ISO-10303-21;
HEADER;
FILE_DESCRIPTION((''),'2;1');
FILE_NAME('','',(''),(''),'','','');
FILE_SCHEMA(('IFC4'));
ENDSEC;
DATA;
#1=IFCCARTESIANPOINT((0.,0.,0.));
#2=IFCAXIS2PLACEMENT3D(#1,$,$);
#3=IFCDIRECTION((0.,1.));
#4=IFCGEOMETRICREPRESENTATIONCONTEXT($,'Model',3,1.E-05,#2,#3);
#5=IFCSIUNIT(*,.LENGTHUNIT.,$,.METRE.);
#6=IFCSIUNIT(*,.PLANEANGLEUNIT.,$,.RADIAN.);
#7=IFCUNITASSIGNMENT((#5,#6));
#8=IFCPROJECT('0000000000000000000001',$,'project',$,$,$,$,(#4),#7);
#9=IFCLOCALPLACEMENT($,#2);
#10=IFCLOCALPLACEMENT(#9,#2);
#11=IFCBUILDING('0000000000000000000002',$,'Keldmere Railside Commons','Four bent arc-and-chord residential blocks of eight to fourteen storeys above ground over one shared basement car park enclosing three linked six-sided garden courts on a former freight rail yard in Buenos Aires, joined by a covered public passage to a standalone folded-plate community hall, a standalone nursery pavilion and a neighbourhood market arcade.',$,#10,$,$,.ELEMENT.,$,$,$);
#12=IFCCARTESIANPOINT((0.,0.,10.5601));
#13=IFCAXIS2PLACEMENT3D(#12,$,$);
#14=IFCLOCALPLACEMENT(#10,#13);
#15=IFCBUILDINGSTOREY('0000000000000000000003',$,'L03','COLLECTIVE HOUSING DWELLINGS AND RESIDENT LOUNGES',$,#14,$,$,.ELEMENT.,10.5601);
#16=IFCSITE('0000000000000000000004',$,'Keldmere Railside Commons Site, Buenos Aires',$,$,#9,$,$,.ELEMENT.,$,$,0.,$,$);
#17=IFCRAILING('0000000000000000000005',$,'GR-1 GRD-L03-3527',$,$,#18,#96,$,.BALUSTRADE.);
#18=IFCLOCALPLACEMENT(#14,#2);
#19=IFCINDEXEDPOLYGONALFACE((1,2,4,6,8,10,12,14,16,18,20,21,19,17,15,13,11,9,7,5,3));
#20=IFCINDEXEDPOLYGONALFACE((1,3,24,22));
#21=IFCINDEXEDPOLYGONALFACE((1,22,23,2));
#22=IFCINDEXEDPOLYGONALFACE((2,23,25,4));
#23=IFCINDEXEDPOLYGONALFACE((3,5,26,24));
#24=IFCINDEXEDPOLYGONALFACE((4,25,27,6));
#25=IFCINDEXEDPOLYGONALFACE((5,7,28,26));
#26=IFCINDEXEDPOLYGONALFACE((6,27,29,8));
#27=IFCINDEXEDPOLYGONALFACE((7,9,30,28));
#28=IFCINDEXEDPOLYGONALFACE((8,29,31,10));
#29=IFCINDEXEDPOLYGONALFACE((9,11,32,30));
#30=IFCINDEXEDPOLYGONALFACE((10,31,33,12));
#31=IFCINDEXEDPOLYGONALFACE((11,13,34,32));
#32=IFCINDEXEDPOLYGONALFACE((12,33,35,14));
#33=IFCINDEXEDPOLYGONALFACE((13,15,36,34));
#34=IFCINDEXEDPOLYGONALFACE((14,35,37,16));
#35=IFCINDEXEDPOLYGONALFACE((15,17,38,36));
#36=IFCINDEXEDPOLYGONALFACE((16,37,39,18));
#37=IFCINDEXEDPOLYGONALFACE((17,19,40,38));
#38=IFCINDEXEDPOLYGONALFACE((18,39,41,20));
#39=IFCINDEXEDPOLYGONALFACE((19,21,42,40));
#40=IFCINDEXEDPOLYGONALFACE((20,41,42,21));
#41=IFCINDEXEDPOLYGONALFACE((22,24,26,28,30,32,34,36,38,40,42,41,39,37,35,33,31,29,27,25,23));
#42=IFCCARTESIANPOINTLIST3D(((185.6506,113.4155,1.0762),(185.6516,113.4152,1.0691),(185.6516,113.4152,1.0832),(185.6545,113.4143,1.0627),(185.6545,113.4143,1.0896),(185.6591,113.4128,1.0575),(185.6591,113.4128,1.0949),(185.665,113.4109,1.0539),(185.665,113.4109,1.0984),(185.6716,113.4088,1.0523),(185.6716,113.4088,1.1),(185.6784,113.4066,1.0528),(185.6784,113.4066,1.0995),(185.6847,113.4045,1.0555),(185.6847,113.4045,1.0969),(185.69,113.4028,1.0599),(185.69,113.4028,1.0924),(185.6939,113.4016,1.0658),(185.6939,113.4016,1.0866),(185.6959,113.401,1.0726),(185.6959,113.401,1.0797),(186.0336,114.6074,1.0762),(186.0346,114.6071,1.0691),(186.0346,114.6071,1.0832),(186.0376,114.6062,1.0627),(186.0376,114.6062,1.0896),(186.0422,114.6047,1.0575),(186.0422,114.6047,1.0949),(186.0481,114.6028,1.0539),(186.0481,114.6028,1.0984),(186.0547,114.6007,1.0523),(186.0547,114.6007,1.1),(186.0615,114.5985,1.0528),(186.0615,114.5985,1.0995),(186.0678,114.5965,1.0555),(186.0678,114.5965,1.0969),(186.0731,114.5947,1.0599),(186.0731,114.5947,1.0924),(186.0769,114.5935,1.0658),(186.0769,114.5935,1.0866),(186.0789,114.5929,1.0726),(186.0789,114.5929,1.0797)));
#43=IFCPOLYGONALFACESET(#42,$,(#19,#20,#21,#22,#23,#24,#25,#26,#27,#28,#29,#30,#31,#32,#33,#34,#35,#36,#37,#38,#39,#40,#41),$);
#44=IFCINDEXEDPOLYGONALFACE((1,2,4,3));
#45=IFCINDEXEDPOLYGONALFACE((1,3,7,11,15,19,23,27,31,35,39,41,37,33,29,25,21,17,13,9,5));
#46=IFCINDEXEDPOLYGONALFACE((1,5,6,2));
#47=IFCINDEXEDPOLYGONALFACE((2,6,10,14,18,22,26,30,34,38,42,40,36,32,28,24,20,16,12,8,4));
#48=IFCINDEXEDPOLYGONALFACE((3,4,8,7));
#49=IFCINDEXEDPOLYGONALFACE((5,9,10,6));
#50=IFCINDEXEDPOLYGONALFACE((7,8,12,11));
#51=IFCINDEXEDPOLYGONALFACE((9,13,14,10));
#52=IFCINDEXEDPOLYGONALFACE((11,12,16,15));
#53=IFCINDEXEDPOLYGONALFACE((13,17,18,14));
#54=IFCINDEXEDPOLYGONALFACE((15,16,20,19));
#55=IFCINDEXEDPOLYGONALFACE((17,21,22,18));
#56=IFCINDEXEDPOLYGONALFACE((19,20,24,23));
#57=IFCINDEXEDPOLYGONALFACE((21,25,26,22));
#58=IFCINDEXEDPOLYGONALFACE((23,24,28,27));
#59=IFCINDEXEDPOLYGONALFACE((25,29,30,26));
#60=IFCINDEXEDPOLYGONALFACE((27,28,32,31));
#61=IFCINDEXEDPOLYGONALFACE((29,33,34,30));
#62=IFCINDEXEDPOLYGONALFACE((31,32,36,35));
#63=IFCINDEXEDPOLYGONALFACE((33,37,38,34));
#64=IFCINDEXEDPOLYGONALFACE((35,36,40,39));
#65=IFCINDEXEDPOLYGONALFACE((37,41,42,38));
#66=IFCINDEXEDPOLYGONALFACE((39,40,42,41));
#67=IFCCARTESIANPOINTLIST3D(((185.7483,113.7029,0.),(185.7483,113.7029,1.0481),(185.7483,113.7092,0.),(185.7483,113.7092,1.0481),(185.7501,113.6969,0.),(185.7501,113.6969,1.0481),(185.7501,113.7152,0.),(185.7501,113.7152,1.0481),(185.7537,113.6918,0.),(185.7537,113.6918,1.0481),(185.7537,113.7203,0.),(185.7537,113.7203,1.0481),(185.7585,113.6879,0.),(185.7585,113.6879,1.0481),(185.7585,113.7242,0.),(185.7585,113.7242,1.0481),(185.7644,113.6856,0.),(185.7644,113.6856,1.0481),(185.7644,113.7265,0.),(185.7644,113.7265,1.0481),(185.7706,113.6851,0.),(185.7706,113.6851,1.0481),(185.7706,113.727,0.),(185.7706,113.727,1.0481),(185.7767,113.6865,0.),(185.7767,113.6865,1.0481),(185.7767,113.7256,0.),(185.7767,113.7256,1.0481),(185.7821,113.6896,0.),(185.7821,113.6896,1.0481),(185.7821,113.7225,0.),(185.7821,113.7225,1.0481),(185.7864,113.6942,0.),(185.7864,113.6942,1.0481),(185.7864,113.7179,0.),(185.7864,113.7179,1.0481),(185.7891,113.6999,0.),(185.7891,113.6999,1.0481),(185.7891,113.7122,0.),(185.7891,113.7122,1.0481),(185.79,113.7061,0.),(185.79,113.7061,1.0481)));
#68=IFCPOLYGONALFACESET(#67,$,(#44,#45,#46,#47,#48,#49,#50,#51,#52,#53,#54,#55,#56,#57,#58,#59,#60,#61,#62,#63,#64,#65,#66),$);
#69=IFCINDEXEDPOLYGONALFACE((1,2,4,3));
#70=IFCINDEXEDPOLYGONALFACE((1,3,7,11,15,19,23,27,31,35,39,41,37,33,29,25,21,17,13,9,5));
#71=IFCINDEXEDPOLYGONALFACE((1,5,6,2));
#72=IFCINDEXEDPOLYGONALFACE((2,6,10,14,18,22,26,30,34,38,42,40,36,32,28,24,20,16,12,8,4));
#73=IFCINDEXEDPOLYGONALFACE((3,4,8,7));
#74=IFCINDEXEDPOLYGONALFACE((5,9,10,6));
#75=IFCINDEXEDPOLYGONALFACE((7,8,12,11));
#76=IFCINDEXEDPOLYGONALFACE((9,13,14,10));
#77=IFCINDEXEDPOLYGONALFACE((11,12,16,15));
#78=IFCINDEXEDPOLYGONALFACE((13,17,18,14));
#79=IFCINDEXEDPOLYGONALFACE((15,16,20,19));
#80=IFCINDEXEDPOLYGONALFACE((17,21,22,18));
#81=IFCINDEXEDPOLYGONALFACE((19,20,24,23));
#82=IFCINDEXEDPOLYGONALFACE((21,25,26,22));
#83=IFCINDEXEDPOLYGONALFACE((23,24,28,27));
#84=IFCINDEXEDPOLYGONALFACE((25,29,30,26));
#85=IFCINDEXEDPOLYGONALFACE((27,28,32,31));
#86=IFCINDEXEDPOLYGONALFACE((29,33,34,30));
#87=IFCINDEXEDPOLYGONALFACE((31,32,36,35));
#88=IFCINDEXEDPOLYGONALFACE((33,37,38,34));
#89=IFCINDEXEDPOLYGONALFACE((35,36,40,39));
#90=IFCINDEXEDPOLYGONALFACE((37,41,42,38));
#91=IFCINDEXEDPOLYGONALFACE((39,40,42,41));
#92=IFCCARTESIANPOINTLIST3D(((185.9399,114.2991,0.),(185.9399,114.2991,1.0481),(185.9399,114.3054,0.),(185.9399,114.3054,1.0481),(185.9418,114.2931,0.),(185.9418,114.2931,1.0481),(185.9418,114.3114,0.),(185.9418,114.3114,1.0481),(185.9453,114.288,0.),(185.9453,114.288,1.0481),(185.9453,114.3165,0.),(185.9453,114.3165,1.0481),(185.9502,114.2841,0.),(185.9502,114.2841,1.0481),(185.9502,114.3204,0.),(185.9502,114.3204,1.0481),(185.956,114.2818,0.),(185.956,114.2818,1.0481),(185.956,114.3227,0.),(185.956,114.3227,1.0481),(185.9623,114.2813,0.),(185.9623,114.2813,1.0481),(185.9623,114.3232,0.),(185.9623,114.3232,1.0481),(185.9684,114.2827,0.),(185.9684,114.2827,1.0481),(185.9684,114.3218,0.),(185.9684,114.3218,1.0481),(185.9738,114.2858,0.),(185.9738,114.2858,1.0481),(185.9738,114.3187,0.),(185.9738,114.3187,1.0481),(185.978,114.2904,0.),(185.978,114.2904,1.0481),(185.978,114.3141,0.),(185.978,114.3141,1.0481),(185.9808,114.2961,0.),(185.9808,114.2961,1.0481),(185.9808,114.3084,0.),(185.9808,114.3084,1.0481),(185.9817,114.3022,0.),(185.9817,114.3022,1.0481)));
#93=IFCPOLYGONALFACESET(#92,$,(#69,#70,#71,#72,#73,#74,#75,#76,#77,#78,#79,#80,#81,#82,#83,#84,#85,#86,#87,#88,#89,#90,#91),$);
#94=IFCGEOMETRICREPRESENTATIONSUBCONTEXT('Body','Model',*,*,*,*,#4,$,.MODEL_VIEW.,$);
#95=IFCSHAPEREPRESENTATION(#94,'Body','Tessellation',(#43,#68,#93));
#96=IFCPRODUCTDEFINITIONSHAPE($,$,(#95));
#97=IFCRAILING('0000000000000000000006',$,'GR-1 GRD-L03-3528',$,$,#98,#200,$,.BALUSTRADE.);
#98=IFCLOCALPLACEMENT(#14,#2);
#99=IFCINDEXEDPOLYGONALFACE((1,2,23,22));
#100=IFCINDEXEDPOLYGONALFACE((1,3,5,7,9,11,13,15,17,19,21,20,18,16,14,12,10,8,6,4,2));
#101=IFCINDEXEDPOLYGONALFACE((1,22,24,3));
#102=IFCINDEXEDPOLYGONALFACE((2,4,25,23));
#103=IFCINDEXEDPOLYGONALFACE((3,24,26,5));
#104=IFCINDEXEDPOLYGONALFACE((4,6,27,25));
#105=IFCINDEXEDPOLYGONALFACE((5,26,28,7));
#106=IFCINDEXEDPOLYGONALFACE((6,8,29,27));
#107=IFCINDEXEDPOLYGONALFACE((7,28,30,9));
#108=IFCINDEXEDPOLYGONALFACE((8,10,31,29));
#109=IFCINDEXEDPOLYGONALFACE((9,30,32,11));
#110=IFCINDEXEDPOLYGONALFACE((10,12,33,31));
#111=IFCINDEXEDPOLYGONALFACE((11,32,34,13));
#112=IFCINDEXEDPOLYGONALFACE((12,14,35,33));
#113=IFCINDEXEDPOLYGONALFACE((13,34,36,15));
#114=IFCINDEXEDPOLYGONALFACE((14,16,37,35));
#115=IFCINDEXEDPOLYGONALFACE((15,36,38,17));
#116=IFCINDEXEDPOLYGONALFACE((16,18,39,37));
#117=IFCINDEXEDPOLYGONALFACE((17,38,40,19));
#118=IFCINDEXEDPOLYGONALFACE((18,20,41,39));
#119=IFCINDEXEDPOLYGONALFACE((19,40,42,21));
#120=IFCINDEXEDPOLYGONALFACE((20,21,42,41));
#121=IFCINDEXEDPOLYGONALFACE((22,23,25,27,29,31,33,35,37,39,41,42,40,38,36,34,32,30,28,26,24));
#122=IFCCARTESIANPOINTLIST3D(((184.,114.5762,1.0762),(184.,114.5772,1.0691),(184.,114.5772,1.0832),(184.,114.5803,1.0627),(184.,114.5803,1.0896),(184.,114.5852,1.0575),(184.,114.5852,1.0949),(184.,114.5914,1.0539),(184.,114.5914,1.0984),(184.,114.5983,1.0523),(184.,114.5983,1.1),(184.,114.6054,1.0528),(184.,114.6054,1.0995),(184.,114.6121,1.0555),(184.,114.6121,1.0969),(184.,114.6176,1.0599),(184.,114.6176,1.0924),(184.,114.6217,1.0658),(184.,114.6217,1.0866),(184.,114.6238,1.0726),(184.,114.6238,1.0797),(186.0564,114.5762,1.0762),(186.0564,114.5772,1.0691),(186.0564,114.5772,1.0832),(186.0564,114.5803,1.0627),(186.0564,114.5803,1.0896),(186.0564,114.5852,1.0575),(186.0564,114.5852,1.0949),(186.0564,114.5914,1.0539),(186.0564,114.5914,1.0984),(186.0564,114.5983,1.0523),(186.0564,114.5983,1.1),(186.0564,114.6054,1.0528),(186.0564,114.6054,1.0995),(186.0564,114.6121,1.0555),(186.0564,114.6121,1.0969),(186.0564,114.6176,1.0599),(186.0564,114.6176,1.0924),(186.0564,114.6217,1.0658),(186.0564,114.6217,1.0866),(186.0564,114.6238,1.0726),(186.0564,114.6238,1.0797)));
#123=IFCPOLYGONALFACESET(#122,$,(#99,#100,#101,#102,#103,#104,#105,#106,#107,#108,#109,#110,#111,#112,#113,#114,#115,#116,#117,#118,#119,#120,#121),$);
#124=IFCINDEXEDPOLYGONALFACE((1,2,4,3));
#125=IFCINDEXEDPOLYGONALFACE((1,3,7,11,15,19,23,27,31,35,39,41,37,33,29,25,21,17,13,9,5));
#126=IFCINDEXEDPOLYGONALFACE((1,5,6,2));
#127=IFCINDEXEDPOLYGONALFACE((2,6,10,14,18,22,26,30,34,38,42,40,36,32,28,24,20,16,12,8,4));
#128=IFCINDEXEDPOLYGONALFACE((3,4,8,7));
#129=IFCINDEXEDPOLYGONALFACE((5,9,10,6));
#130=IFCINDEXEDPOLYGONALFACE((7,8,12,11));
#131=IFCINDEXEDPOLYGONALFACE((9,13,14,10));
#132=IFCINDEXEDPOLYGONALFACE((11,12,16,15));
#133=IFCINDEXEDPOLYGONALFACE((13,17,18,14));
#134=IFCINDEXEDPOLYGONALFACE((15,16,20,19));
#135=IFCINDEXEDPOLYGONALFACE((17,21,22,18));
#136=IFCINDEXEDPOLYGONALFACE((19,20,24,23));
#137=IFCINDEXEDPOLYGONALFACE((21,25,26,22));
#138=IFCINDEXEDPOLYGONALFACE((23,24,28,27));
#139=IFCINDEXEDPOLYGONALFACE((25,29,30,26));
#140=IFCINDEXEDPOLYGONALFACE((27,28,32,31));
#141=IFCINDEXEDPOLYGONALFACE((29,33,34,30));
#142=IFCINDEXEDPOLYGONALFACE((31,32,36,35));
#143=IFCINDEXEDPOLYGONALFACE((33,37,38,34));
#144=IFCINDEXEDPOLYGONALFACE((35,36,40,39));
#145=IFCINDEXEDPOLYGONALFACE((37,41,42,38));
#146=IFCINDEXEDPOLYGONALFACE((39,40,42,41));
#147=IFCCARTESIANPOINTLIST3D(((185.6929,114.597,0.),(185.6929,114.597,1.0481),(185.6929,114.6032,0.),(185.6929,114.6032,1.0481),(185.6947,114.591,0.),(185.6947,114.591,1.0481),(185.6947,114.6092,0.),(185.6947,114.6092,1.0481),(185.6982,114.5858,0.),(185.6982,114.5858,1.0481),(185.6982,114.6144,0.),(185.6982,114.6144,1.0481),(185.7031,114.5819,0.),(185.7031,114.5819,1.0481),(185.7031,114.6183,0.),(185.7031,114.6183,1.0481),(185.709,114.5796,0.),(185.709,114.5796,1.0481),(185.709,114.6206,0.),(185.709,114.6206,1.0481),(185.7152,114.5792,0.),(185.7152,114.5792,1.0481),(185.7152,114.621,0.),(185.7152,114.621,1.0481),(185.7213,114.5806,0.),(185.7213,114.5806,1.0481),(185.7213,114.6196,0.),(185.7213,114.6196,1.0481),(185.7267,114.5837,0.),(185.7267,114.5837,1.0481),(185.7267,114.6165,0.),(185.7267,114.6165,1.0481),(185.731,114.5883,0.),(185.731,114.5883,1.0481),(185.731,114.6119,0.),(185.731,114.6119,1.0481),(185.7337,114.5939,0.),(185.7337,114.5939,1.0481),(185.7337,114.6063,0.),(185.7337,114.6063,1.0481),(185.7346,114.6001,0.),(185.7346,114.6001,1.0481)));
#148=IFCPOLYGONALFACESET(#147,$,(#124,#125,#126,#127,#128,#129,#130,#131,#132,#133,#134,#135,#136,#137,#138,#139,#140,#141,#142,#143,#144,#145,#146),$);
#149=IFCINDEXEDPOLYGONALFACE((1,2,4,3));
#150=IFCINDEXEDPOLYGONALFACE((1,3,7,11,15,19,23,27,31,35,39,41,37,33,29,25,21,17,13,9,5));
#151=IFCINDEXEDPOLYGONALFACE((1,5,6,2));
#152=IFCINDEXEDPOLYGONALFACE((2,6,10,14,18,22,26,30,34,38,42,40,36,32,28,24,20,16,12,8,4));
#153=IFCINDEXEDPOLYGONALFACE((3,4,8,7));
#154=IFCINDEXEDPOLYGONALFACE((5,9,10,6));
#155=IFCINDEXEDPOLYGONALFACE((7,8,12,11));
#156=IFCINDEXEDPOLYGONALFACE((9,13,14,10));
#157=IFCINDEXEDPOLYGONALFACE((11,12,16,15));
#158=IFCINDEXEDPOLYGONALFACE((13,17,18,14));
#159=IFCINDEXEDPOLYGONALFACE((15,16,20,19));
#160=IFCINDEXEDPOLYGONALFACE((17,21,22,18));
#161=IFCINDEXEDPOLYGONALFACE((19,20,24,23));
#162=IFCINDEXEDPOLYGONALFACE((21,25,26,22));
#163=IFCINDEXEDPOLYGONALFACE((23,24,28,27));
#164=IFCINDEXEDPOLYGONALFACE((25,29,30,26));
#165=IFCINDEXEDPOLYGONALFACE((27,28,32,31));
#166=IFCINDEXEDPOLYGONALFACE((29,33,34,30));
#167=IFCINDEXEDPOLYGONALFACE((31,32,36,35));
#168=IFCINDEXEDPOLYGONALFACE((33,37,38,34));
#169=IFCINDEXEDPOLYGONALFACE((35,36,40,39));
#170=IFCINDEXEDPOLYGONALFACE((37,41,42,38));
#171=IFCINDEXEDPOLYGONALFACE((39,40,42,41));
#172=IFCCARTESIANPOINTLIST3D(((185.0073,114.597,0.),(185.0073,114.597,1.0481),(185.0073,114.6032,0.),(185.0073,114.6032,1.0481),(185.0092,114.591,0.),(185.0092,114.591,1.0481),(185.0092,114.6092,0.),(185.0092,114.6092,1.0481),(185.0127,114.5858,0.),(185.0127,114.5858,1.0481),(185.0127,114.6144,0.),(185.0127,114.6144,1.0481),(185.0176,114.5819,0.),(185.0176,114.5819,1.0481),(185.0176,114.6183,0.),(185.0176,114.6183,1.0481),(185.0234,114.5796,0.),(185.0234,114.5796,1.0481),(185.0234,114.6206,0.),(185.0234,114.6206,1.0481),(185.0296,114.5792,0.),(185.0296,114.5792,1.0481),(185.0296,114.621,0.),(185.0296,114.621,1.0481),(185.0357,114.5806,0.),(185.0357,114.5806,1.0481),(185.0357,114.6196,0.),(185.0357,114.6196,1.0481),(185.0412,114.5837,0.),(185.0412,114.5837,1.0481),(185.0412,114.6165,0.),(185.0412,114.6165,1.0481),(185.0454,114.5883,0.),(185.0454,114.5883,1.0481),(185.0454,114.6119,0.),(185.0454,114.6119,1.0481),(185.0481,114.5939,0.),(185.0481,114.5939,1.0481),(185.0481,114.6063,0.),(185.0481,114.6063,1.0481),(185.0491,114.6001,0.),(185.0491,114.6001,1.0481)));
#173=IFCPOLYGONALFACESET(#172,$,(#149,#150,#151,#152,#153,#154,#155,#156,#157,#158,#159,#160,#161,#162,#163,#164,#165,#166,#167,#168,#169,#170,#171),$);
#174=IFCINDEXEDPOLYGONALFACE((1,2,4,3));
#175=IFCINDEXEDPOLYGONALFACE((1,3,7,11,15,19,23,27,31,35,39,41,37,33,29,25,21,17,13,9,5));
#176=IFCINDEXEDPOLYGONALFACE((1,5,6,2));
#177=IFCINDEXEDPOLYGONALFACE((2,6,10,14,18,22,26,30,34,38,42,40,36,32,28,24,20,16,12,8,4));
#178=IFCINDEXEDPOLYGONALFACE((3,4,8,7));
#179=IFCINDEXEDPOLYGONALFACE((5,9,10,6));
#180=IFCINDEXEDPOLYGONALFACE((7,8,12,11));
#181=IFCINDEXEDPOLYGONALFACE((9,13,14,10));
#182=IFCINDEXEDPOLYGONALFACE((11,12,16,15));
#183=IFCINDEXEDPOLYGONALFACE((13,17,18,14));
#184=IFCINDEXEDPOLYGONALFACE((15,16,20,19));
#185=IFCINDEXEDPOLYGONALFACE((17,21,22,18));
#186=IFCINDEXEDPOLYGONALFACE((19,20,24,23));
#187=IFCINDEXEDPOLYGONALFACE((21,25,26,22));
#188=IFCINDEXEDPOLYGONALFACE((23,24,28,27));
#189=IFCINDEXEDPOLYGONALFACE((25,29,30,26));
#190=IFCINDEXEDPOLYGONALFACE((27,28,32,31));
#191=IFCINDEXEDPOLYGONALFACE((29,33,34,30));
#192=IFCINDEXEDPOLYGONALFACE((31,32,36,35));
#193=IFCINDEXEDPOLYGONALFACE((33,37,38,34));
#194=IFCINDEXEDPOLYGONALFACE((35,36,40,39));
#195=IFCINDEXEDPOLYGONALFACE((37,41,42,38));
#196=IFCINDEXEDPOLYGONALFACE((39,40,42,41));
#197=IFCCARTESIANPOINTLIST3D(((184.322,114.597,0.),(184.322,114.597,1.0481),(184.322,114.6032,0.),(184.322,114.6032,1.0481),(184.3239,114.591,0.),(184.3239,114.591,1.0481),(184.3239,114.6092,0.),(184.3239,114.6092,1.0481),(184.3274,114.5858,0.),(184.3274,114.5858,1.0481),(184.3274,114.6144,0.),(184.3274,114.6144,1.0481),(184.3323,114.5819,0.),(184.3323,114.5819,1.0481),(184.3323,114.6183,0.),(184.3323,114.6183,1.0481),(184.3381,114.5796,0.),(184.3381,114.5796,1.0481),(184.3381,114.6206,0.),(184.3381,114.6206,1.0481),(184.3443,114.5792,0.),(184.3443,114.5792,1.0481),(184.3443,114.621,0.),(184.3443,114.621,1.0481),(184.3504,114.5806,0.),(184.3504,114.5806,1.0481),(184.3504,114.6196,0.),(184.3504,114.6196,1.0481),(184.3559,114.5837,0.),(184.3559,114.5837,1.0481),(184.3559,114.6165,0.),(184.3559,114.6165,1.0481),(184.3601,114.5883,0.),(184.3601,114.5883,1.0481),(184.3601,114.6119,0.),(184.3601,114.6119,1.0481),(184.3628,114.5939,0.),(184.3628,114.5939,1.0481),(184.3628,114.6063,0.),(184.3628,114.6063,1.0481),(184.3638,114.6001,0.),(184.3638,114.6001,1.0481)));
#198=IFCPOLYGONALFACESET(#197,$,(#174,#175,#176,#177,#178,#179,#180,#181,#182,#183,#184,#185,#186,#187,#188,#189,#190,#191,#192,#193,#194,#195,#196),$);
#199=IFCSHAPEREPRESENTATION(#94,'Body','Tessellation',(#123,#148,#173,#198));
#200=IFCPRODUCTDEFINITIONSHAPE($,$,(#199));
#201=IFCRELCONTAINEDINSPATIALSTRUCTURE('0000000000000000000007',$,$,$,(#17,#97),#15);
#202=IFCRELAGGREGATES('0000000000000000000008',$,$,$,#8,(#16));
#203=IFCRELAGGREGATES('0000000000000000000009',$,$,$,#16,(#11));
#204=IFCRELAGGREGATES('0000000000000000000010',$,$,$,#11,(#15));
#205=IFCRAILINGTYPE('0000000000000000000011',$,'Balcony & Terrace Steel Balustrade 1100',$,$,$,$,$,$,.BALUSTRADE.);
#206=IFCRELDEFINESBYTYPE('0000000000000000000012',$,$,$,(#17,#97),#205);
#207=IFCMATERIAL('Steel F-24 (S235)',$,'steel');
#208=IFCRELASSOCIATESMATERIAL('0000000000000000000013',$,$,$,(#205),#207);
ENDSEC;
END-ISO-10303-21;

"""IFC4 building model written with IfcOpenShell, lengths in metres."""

from ifc_helpers import new_model, si_unit, direction, frame, origin, origin_2d, place, context, subcontext, project, spatial, circle, extrude, material, type_object, element, save


model = new_model("IFC4")

# Units and contexts
model_context = context("Model", 3, precision=1e-05, world=origin(), true_north=direction((0.0, 1.0)))
body_context = subcontext(model_context, "Body", "Model", "MODEL_VIEW")
ifc_project = project(units=[si_unit("LENGTHUNIT", "METRE"), si_unit("PLANEANGLEUNIT", "RADIAN")], contexts=[model_context])

# Site, building, storey
site_placement = place(None, origin())
site = spatial("IfcSite", under=ifc_project, at=site_placement, Name="Keldmere Railside Commons Site, Buenos Aires", CompositionType="ELEMENT", RefElevation=0.0)
building_placement = place(site_placement, origin())
building = spatial("IfcBuilding", under=site, at=building_placement, Name="Keldmere Railside Commons", Description="Four bent arc-and-chord residential blocks of eight to fourteen storeys above ground over one shared basement car park enclosing three linked six-sided garden courts on a former freight rail yard in Buenos Aires, joined by a covered public passage to a standalone folded-plate community hall, a standalone nursery pavilion and a neighbourhood market arcade.", CompositionType="ELEMENT")
storey_placement = place(building_placement, frame((0.0, 0.0, 10.5601)))
storey = spatial("IfcBuildingStorey", under=building, at=storey_placement, Name="L03", Description="COLLECTIVE HOUSING DWELLINGS AND RESIDENT LOUNGES", CompositionType="ELEMENT", Elevation=10.5601)

# Railings
ifc_material_1 = material(Name="Steel F-24 (S235)", Category="steel")
railing_type = type_object("IfcRailingType", Name="Balcony & Terrace Steel Balustrade 1100", PredefinedType="BALUSTRADE", material=ifc_material_1)
railing_1_placement = place(storey_placement, frame((185.6733, 113.4082, 0.0)))
element("IfcRailing", 1, at=railing_1_placement, inside=storey, type_object=railing_type, Name="GR-1 GRD-L03-3527", PredefinedType="BALUSTRADE", context=body_context, shape_type="SweptSolid", body=[
    extrude(circle(Radius=0.0239, at=origin_2d()), frame((0.0, 0.0, 1.0762), z_axis=(0.305971, 0.952041, 0.0), x_axis=(-0.952041, 0.305971, 0.0)), (0.0, 0.0, 1.0), 1.252),
    extrude(circle(Radius=0.021, at=origin_2d()), frame((0.0957, 0.2979, 0.0)), (0.0, 0.0, 1.0), 1.0481),
    extrude(circle(Radius=0.021, at=origin_2d()), frame((0.2874, 0.894, 0.0)), (0.0, 0.0, 1.0), 1.0481),
])
railing_2_placement = place(storey_placement, frame((186.0564, 114.6001, 0.0)))
element("IfcRailing", 2, at=railing_2_placement, inside=storey, type_object=railing_type, Name="GR-1 GRD-L03-3528", PredefinedType="BALUSTRADE", context=body_context, shape_type="SweptSolid", body=[
    extrude(circle(Radius=0.0239, at=origin_2d()), frame((0.0, 0.0, 1.0762), z_axis=(-1.0, 0.0, 0.0), x_axis=(0.0, -1.0, 0.0)), (0.0, 0.0, 1.0), 2.0564),
    extrude(circle(Radius=0.021, at=origin_2d()), frame((-0.3428, 0.0, 0.0)), (0.0, 0.0, 1.0), 1.0481),
    extrude(circle(Radius=0.021, at=origin_2d()), frame((-1.0283, 0.0, 0.0)), (0.0, 0.0, 1.0), 1.0481),
    extrude(circle(Radius=0.021, at=origin_2d()), frame((-1.7136, 0.0, 0.0)), (0.0, 0.0, 1.0), 1.0481),
])

save(model, "model.ifc")
